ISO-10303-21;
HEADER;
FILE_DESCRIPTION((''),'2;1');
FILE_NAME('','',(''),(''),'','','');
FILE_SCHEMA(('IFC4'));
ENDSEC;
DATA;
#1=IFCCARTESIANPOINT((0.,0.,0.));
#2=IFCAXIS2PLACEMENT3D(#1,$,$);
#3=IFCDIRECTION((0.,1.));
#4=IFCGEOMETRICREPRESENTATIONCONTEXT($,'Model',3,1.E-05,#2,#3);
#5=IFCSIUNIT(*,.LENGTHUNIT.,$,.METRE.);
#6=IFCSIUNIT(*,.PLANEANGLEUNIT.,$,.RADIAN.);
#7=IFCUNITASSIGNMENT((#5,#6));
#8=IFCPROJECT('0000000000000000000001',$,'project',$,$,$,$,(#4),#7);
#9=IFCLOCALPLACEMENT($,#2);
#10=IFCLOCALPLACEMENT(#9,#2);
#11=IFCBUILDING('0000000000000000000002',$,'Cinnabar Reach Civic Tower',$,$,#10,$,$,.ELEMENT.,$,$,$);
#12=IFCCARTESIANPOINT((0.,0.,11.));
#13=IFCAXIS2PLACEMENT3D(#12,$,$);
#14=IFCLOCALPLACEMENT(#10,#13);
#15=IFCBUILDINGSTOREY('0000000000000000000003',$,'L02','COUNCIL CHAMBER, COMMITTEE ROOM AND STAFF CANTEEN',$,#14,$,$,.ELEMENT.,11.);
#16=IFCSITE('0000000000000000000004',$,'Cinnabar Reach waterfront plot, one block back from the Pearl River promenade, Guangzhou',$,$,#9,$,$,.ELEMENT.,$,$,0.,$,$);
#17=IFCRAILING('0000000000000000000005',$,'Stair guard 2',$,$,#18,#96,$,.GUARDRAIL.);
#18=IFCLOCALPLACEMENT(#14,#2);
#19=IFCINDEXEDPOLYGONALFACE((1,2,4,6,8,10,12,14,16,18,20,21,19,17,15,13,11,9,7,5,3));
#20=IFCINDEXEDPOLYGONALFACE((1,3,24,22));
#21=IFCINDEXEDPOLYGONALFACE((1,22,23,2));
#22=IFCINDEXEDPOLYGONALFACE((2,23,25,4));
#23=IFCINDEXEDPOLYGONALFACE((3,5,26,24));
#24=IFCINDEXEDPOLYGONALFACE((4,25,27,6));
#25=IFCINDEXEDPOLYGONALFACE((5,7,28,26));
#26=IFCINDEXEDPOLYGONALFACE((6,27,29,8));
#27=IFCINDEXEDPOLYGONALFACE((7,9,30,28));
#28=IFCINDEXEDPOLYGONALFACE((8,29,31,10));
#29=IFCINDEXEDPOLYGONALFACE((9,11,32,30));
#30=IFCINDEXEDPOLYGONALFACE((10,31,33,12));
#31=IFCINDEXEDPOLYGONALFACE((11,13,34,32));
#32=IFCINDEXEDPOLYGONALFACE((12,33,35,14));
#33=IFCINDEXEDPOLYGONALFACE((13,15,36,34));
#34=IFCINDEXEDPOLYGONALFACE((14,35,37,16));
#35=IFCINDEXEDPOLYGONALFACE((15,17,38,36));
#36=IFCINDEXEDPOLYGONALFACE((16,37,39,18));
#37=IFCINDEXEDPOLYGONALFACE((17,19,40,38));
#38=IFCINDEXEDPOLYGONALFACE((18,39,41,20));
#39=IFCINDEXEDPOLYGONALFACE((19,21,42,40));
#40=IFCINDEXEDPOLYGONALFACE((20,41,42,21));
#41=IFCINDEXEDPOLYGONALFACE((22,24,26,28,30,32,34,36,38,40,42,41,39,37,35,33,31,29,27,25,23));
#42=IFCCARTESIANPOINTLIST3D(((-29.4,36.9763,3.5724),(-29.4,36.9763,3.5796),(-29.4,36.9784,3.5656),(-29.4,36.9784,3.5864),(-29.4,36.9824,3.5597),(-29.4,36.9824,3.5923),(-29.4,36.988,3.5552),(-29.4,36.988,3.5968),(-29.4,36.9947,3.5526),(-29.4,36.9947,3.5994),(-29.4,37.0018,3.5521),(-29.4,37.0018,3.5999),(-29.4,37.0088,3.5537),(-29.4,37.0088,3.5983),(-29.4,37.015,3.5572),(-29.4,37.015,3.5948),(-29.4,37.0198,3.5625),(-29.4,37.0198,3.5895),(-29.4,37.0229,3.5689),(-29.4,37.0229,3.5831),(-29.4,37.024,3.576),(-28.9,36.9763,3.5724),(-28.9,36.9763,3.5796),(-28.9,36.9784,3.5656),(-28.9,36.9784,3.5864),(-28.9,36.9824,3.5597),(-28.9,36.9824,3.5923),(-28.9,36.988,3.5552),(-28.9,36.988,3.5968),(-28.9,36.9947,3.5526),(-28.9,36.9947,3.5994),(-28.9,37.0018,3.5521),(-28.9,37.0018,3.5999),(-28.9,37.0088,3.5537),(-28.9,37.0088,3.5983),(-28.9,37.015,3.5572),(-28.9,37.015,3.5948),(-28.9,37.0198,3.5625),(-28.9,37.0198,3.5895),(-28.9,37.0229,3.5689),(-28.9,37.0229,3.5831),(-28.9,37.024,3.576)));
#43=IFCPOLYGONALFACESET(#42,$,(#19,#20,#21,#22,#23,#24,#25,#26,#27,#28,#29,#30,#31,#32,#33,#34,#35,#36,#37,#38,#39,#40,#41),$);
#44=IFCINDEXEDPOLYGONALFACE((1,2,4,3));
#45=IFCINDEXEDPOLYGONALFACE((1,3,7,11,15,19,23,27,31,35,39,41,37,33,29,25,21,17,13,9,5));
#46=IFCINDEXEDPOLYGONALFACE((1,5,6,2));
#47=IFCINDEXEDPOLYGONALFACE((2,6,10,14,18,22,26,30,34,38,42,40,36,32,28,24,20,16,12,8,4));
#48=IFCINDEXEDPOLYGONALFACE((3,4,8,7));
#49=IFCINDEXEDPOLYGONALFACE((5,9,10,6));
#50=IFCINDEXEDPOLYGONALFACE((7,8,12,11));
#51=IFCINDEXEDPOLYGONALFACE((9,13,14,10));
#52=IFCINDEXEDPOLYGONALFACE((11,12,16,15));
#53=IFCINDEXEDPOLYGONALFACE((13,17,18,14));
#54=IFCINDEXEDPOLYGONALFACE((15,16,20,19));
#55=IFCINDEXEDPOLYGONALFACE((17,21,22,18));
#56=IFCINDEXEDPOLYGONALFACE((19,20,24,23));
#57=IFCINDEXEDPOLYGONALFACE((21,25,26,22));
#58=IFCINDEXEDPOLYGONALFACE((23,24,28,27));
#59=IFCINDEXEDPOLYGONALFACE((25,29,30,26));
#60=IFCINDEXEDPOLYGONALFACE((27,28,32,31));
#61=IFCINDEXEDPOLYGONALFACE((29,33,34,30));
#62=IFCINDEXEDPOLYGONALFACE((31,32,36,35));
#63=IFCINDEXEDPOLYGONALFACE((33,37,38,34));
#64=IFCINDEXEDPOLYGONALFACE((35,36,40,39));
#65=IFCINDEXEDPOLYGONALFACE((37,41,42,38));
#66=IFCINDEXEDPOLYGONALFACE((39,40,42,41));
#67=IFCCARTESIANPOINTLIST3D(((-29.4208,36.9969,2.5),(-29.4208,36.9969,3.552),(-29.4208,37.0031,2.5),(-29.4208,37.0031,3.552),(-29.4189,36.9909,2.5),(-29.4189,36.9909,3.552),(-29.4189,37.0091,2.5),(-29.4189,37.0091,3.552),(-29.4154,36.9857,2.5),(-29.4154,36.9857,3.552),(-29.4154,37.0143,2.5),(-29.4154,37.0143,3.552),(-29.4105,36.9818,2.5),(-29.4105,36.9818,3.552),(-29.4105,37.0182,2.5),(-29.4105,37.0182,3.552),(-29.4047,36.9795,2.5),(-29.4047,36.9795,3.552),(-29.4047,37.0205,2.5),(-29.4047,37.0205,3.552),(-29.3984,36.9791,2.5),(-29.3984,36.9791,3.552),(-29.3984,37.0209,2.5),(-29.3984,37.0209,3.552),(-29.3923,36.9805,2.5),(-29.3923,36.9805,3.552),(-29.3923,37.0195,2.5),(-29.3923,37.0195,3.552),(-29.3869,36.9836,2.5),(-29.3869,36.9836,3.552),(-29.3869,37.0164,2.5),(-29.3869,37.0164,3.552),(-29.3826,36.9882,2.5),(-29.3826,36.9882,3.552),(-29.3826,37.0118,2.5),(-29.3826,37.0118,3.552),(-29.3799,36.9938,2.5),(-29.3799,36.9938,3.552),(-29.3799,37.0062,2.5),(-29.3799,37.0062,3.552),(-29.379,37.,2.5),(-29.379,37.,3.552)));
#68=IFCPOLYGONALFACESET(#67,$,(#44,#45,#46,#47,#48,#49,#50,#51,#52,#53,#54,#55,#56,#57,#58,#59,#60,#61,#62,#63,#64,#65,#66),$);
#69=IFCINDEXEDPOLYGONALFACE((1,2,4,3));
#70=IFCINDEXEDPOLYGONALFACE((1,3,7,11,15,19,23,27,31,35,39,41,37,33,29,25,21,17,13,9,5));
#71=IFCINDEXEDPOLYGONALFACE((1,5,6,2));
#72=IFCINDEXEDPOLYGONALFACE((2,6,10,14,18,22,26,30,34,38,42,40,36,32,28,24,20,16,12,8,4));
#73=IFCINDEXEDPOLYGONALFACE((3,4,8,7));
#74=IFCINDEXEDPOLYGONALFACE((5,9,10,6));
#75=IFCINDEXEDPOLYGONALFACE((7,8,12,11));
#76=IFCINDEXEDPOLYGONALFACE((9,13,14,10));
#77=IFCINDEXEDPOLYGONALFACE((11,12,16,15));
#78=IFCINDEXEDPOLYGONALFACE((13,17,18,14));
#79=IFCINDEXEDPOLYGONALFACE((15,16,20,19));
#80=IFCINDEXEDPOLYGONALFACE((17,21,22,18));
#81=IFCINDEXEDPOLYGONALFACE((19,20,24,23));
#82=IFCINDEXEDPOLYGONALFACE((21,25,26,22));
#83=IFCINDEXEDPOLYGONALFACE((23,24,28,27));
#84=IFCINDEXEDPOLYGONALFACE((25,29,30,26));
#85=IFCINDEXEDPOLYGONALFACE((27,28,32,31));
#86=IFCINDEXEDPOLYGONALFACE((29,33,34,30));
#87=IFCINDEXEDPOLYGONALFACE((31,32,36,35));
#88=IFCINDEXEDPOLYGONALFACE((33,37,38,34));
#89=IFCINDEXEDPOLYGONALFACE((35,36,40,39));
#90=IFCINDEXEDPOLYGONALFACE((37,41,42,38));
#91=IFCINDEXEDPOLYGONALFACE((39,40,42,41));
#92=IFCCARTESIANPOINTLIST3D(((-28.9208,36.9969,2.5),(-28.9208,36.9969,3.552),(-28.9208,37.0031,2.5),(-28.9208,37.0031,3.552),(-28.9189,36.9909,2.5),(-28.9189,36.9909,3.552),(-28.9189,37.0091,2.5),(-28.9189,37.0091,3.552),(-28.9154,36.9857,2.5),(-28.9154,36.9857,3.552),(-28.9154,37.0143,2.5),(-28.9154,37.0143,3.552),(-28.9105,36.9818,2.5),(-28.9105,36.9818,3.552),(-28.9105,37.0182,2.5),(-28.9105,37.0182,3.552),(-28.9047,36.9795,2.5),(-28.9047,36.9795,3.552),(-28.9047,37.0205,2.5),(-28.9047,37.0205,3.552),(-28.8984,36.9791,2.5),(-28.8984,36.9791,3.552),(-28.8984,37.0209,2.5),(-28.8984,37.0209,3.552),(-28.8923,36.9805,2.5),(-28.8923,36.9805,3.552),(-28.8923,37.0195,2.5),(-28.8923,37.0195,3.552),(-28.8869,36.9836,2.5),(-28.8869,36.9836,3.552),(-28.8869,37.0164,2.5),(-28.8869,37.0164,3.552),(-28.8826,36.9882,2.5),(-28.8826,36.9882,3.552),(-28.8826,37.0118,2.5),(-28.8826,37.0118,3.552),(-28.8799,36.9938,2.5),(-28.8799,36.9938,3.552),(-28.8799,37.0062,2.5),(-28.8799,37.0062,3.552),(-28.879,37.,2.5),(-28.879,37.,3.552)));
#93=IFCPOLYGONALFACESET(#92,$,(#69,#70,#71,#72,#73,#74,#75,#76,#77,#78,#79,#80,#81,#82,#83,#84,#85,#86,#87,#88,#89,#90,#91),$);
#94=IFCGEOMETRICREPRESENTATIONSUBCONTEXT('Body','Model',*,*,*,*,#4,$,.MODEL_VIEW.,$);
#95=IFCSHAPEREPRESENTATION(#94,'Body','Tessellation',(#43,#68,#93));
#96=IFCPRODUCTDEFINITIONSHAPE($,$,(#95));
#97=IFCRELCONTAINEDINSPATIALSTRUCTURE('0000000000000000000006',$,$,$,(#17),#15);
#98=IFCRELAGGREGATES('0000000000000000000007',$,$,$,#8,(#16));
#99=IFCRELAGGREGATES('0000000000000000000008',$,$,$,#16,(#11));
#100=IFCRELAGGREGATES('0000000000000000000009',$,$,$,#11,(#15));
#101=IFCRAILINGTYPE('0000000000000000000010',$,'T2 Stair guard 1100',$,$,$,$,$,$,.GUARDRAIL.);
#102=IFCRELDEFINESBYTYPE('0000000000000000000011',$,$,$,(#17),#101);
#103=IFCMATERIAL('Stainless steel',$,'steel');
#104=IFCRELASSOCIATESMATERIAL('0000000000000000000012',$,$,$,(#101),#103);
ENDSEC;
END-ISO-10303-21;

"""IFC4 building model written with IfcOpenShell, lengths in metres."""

from ifc_helpers import new_model, si_unit, direction, frame, origin, origin_2d, place, context, subcontext, project, spatial, circle, extrude, material, type_object, element, save


model = new_model("IFC4")

# Units and contexts
model_context = context("Model", 3, precision=1e-05, world=origin(), true_north=direction((0.0, 1.0)))
body_context = subcontext(model_context, "Body", "Model", "MODEL_VIEW")
ifc_project = project(units=[si_unit("LENGTHUNIT", "METRE"), si_unit("PLANEANGLEUNIT", "RADIAN")], contexts=[model_context])

# Site, building, storey
site_placement = place(None, origin())
site = spatial("IfcSite", under=ifc_project, at=site_placement, Name="Cinnabar Reach waterfront plot, one block back from the Pearl River promenade, Guangzhou", CompositionType="ELEMENT", RefElevation=0.0)
building_placement = place(site_placement, origin())
building = spatial("IfcBuilding", under=site, at=building_placement, Name="Cinnabar Reach Civic Tower", CompositionType="ELEMENT")
storey_placement = place(building_placement, frame((0.0, 0.0, 11.0)))
storey = spatial("IfcBuildingStorey", under=building, at=storey_placement, Name="L02", Description="COUNCIL CHAMBER, COMMITTEE ROOM AND STAFF CANTEEN", CompositionType="ELEMENT", Elevation=11.0)

# Railing
ifc_material_1 = material(Name="Stainless steel", Category="steel")
railing_type = type_object("IfcRailingType", Name="T2 Stair guard 1100", PredefinedType="GUARDRAIL", material=ifc_material_1)
railing_1_placement = place(storey_placement, frame((-29.4, 37.0, 2.5)))
element("IfcRailing", 1, at=railing_1_placement, inside=storey, type_object=railing_type, Name="Stair guard 2", PredefinedType="GUARDRAIL", context=body_context, shape_type="SweptSolid", body=[
    extrude(circle(Radius=0.024, at=origin_2d()), frame((0.0, 0.0, 1.076), z_axis=(1.0, 0.0, 0.0), x_axis=(0.0, 1.0, 0.0)), (0.0, 0.0, 1.0), 0.5),
    extrude(circle(Radius=0.021, at=origin_2d()), origin(), (0.0, 0.0, 1.0), 1.052),
    extrude(circle(Radius=0.021, at=origin_2d()), frame((0.5, 0.0, 0.0)), (0.0, 0.0, 1.0), 1.052),
])

save(model, "model.ifc")
